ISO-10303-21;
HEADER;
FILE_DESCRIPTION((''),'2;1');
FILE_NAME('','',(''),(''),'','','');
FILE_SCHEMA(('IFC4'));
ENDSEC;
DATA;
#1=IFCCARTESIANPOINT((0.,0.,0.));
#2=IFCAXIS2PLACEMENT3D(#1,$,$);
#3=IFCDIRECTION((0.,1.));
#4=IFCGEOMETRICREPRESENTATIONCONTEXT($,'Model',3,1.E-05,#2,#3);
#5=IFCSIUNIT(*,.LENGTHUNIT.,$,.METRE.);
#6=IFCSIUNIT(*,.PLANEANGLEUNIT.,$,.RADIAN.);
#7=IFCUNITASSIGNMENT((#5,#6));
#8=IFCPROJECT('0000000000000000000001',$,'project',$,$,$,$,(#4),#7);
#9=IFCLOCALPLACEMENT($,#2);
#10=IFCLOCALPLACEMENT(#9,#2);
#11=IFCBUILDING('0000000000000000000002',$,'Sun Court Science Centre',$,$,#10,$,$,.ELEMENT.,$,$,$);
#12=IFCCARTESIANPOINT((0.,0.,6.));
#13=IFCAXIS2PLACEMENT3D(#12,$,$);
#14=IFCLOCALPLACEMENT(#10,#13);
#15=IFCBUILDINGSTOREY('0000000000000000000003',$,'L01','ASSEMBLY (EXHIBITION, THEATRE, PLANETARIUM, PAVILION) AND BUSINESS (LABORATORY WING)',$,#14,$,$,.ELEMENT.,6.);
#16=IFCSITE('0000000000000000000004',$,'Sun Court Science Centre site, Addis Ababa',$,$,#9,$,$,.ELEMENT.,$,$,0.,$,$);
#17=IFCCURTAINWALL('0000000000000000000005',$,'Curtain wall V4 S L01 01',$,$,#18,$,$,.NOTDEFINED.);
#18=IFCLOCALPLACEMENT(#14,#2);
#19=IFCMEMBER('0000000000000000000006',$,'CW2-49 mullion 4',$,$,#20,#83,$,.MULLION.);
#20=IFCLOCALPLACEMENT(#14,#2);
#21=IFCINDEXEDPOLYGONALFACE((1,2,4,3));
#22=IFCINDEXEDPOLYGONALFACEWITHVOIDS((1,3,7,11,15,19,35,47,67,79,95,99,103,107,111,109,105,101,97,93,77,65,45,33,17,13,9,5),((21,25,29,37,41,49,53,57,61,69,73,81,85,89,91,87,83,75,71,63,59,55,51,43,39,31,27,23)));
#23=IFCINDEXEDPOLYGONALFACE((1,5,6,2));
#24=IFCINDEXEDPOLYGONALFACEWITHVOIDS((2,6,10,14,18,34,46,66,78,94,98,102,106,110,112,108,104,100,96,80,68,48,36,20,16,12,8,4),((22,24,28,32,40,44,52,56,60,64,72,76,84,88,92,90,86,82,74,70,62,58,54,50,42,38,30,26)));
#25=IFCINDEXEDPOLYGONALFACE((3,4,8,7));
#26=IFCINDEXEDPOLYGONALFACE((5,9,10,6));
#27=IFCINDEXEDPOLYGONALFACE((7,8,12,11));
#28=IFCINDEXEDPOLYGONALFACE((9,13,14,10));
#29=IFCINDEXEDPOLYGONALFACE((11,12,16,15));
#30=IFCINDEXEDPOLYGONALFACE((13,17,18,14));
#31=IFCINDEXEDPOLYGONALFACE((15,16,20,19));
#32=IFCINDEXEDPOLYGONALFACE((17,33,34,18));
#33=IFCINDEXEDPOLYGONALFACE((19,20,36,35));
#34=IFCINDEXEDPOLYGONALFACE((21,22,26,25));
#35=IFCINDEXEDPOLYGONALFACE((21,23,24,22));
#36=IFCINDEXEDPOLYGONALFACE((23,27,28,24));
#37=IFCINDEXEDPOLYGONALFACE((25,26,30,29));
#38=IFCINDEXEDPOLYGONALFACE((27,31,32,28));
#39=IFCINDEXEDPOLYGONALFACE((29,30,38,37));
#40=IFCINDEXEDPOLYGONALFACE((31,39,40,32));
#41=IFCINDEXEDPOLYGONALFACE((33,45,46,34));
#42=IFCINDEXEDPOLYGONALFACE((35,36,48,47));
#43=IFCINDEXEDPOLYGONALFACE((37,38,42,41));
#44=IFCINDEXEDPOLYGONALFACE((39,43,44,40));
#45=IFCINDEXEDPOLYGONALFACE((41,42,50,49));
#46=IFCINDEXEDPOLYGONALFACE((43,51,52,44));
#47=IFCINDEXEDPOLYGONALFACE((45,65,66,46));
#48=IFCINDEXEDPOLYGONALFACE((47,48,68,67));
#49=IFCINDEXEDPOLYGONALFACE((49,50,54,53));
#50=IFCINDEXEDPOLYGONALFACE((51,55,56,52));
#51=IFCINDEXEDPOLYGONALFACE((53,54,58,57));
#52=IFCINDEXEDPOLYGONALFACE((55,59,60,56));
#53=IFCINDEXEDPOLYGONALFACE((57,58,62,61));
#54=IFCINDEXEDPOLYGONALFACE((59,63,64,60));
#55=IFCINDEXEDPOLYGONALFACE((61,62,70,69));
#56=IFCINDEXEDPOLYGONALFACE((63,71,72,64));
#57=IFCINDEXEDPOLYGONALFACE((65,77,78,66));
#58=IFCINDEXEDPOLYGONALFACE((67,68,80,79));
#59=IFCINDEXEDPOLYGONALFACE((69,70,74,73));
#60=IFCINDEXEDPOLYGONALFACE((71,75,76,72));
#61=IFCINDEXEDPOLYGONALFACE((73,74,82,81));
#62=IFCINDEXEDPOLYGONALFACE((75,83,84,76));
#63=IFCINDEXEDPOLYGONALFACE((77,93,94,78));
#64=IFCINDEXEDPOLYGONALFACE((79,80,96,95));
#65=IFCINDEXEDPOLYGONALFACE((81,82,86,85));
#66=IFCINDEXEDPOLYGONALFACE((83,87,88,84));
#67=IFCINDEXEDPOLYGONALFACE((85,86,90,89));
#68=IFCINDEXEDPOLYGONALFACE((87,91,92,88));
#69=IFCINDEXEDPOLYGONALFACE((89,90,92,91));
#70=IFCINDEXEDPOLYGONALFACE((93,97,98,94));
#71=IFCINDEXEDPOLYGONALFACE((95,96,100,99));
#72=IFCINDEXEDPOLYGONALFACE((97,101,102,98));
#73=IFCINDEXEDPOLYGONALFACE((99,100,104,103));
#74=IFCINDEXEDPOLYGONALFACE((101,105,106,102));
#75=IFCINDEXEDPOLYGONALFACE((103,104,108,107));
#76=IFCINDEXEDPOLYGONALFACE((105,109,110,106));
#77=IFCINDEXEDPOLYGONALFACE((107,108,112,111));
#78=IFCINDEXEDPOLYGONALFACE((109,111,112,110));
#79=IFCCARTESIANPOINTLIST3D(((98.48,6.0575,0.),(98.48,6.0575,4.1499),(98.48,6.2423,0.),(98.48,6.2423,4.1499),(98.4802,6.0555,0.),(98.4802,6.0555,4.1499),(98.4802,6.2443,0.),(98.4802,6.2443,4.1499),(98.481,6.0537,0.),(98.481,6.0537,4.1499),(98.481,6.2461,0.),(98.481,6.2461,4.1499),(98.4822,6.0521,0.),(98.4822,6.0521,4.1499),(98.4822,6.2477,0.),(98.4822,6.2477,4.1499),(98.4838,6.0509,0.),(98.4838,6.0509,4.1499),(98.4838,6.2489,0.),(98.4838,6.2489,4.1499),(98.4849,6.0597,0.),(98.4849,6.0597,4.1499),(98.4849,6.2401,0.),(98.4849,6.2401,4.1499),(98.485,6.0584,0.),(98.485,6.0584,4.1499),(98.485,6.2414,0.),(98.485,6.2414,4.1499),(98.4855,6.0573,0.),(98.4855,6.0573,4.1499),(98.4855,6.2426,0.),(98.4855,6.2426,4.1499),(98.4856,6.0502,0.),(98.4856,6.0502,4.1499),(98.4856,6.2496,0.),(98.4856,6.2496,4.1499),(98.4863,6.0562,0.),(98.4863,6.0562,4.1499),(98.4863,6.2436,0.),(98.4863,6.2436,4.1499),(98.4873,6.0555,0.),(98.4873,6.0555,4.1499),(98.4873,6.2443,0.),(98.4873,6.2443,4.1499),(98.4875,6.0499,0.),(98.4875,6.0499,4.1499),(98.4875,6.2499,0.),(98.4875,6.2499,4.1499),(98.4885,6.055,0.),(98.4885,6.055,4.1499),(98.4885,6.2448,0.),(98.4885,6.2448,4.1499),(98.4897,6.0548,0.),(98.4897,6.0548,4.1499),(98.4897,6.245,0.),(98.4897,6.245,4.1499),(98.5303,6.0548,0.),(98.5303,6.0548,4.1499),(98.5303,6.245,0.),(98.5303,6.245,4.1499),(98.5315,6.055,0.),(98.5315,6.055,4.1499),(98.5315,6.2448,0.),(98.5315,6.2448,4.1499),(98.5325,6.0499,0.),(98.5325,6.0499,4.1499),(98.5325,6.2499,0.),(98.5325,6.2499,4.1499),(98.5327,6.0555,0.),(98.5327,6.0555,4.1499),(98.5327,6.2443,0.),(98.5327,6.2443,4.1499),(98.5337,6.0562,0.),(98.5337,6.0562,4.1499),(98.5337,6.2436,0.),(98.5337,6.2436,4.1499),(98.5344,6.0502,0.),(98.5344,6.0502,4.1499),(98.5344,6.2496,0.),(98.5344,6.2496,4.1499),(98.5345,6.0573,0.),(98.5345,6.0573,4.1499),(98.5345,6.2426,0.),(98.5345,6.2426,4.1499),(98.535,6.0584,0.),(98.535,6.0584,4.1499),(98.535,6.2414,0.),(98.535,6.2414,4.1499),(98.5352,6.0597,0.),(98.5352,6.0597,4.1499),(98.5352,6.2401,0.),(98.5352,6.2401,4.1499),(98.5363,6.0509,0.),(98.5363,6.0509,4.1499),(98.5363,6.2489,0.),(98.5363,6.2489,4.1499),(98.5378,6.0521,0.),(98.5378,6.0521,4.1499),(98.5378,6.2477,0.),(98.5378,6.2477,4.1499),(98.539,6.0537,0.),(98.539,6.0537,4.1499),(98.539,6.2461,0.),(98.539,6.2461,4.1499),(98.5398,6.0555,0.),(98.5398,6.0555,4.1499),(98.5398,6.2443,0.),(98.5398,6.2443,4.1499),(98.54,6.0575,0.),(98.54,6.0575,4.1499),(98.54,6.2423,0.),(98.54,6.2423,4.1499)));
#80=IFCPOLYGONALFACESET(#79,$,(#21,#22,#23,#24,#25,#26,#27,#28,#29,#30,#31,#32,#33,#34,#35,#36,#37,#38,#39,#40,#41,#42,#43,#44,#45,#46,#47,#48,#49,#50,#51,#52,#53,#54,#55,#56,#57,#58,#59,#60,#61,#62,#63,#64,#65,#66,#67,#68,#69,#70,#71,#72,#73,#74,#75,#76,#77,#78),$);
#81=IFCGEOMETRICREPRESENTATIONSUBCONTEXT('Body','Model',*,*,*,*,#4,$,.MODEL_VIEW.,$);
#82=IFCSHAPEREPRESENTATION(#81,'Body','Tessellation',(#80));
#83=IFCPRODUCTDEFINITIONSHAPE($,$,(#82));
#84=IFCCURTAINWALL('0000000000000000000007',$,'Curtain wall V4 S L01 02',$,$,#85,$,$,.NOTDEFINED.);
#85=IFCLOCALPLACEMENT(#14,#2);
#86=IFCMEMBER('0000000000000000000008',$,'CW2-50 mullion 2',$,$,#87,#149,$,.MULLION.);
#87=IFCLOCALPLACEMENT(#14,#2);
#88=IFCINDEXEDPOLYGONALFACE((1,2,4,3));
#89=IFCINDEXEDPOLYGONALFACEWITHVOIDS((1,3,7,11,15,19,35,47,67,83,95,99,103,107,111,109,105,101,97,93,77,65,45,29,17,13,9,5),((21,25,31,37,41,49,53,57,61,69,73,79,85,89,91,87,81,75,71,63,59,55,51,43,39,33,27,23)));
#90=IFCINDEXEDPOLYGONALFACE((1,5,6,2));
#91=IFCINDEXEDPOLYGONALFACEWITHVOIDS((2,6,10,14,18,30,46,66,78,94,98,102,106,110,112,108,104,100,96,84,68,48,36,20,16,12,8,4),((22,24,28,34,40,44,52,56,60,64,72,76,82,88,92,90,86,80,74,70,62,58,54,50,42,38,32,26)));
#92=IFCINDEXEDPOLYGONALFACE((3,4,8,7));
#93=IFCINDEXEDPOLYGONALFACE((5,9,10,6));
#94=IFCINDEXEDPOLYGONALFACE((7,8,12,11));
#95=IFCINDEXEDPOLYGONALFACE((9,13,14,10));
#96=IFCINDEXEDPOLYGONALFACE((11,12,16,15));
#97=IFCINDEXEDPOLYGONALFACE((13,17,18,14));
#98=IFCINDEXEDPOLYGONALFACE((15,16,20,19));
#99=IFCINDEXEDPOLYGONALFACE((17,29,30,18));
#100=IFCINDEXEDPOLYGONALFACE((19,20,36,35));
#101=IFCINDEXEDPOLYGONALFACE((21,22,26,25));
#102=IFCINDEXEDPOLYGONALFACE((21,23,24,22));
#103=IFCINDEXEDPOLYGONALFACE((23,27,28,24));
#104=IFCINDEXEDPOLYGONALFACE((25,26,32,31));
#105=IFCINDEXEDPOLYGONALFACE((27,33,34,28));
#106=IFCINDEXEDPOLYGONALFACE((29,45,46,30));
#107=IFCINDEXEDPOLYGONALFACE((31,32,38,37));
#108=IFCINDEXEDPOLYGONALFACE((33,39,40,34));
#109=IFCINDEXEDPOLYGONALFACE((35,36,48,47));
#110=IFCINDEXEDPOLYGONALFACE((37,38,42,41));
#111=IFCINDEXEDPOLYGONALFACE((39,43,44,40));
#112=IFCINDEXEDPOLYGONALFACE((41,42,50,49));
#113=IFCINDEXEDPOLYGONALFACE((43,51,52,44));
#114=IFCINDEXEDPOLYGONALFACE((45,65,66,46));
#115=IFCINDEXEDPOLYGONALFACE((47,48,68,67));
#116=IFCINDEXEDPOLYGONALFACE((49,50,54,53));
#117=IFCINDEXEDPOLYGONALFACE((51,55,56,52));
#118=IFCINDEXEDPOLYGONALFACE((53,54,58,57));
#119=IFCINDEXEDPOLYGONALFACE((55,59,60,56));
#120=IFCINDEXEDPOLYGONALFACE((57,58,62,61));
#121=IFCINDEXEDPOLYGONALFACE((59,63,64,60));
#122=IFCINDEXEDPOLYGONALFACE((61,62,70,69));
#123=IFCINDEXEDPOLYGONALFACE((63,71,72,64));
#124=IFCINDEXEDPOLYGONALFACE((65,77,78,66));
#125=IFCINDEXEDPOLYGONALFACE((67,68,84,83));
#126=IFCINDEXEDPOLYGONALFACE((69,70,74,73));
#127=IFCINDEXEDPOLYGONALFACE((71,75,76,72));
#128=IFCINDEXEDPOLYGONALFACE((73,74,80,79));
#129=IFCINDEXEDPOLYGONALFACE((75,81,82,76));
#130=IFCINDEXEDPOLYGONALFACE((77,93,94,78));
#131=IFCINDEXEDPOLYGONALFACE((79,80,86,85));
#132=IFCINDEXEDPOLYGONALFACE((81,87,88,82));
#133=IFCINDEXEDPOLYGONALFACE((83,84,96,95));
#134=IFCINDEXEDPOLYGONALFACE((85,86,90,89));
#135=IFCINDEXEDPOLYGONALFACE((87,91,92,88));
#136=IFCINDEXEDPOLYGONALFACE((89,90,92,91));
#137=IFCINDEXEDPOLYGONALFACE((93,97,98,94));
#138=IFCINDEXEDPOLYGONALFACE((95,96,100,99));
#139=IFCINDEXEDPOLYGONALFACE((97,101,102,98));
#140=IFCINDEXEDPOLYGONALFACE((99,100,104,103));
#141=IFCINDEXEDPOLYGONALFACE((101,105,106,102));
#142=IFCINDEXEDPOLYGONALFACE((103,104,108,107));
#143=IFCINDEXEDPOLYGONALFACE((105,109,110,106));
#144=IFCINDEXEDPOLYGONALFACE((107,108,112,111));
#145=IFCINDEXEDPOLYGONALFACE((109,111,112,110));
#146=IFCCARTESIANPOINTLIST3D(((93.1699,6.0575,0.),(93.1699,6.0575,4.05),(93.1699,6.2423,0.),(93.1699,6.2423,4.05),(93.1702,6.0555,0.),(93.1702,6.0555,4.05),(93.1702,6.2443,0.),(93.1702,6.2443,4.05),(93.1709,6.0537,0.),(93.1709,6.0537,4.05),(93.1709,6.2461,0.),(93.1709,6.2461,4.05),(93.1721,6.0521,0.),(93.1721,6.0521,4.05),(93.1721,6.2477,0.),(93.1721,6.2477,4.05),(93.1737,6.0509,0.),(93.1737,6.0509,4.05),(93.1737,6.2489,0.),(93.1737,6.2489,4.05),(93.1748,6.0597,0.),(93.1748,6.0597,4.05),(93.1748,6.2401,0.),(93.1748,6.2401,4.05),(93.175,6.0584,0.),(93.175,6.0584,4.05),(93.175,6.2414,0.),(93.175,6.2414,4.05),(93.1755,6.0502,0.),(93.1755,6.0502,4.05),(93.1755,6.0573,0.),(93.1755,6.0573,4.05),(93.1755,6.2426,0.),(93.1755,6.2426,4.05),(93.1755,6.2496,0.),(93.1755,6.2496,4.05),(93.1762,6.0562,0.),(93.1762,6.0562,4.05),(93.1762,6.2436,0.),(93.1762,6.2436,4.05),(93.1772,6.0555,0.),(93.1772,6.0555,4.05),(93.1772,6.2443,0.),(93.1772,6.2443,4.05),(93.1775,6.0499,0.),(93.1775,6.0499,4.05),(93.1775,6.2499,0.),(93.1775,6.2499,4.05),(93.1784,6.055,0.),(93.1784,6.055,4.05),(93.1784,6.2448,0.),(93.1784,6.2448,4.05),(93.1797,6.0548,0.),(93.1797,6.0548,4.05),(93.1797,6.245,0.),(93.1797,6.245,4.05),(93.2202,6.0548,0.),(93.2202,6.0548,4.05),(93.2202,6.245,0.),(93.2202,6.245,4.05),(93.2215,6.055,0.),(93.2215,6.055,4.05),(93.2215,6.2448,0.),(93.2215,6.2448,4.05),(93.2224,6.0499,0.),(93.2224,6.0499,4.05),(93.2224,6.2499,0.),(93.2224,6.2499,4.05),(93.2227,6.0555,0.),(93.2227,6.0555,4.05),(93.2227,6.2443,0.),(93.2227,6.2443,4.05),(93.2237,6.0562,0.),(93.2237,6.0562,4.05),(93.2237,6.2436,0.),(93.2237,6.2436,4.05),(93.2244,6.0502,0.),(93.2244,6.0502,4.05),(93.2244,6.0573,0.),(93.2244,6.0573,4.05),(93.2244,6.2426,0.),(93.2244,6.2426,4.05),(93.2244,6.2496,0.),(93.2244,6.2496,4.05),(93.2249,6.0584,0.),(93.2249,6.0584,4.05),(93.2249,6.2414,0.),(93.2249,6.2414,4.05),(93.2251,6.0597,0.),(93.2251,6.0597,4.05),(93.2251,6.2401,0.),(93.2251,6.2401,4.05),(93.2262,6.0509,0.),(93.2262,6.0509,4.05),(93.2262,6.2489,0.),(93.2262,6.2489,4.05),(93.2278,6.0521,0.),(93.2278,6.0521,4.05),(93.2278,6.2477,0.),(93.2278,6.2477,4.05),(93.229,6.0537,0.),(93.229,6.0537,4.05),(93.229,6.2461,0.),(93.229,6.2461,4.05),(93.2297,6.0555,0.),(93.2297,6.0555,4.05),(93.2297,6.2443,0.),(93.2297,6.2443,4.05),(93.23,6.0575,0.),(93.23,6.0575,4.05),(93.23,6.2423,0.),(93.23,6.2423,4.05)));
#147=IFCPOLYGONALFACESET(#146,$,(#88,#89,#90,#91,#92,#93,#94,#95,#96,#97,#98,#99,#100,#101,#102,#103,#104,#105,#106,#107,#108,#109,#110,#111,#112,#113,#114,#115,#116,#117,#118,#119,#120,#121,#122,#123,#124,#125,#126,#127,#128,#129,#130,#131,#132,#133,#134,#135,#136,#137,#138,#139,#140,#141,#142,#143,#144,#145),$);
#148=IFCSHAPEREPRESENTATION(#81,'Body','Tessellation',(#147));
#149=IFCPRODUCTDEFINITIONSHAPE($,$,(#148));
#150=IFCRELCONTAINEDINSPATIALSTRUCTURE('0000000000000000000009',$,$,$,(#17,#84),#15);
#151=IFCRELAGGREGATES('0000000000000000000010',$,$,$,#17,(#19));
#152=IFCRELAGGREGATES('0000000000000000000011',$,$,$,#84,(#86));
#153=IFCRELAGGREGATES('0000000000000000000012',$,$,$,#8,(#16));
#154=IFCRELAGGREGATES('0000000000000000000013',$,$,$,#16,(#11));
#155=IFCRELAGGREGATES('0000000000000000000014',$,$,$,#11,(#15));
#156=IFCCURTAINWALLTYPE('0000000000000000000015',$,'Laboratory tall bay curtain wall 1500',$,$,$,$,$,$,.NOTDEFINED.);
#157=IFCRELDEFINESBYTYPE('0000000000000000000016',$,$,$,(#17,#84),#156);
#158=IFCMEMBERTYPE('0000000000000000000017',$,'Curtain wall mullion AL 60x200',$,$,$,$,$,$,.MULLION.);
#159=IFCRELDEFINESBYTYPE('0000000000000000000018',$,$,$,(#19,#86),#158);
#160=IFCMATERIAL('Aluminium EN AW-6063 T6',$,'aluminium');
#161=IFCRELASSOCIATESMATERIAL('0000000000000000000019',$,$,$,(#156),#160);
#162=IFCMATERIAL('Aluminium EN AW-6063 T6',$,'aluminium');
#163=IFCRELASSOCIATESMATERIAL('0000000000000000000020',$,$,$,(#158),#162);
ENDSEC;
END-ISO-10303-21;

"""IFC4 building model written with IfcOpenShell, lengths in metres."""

from ifc_helpers import new_model, si_unit, direction, frame, origin, origin_2d, place, context, subcontext, project, spatial, hollow_rectangle, extrude, material, material_profile, profile_set, type_object, element, aggregate, save


model = new_model("IFC4")

# Units and contexts
model_context = context("Model", 3, precision=1e-05, world=origin(), true_north=direction((0.0, 1.0)))
body_context = subcontext(model_context, "Body", "Model", "MODEL_VIEW")
ifc_project = project(units=[si_unit("LENGTHUNIT", "METRE"), si_unit("PLANEANGLEUNIT", "RADIAN")], contexts=[model_context])

# Site, building, storey
site_placement = place(None, origin())
site = spatial("IfcSite", under=ifc_project, at=site_placement, Name="Sun Court Science Centre site, Addis Ababa", CompositionType="ELEMENT", RefElevation=0.0)
building_placement = place(site_placement, origin())
building = spatial("IfcBuilding", under=site, at=building_placement, Name="Sun Court Science Centre", CompositionType="ELEMENT")
storey_placement = place(building_placement, frame((0.0, 0.0, 6.0)))
storey = spatial("IfcBuildingStorey", under=building, at=storey_placement, Name="L01", Description="ASSEMBLY (EXHIBITION, THEATRE, PLANETARIUM, PAVILION) AND BUSINESS (LABORATORY WING)", CompositionType="ELEMENT", Elevation=6.0)

# Curtain walls, members
ifc_material_1 = material(Name="Aluminium EN AW-6063 T6", Category="aluminium")
curtain_wall_type = type_object("IfcCurtainWallType", Name="Laboratory tall bay curtain wall 1500", PredefinedType="NOTDEFINED", material=ifc_material_1)
curtain_wall_1_placement = place(storey_placement, origin())
curtain_wall_1 = element("IfcCurtainWall", 1, at=curtain_wall_1_placement, inside=storey, type_object=curtain_wall_type, Name="Curtain wall V4 S L01 01", PredefinedType="NOTDEFINED")
ifc_material_2 = material(Name="Aluminium EN AW-6063 T6", Category="aluminium")
ifc_material_profile_1 = material_profile(ifc_material_2, hollow_rectangle(XDim=0.0601, YDim=0.2, WallThickness=0.0049, InnerFilletRadius=0.0049, OuterFilletRadius=0.0076, at=origin_2d()), Name="AL 60x200x5")
ifc_profile_set_1 = profile_set([ifc_material_profile_1], Name="Aluminium EN AW-6063 T6")
member_type_1 = type_object("IfcMemberType", Name="Curtain wall mullion AL 60x200", PredefinedType="MULLION", material=ifc_profile_set_1)
member_1_placement = place(storey_placement, frame((98.51, 6.1499, 0.0), z_axis=(0.0, 0.0, 1.0), x_axis=(-1.0, 0.0, 0.0)))
member_1 = element("IfcMember", 2, at=member_1_placement, type_object=member_type_1, Name="CW2-49 mullion 4", PredefinedType="MULLION", context=body_context, shape_type="SweptSolid", body=[
    extrude(hollow_rectangle(XDim=0.0601, YDim=0.2, WallThickness=0.0049, InnerFilletRadius=0.0049, OuterFilletRadius=0.0076, at=origin_2d()), origin(), (0.0, 0.0, 1.0), 4.1499),
])
curtain_wall_2_placement = place(storey_placement, origin())
curtain_wall_2 = element("IfcCurtainWall", 3, at=curtain_wall_2_placement, inside=storey, type_object=curtain_wall_type, Name="Curtain wall V4 S L01 02", PredefinedType="NOTDEFINED")
member_2_placement = place(storey_placement, frame((93.2, 6.1499, 0.0), z_axis=(0.0, 0.0, 1.0), x_axis=(-1.0, 0.0, 0.0)))
member_2 = element("IfcMember", 4, at=member_2_placement, type_object=member_type_1, Name="CW2-50 mullion 2", PredefinedType="MULLION", context=body_context, shape_type="SweptSolid", body=[
    extrude(hollow_rectangle(XDim=0.0601, YDim=0.2, WallThickness=0.0049, InnerFilletRadius=0.0049, OuterFilletRadius=0.0076, at=origin_2d()), origin(), (0.0, 0.0, 1.0), 4.05),
])

aggregate(curtain_wall_1, [member_1])
aggregate(curtain_wall_2, [member_2])

save(model, "model.ifc")
